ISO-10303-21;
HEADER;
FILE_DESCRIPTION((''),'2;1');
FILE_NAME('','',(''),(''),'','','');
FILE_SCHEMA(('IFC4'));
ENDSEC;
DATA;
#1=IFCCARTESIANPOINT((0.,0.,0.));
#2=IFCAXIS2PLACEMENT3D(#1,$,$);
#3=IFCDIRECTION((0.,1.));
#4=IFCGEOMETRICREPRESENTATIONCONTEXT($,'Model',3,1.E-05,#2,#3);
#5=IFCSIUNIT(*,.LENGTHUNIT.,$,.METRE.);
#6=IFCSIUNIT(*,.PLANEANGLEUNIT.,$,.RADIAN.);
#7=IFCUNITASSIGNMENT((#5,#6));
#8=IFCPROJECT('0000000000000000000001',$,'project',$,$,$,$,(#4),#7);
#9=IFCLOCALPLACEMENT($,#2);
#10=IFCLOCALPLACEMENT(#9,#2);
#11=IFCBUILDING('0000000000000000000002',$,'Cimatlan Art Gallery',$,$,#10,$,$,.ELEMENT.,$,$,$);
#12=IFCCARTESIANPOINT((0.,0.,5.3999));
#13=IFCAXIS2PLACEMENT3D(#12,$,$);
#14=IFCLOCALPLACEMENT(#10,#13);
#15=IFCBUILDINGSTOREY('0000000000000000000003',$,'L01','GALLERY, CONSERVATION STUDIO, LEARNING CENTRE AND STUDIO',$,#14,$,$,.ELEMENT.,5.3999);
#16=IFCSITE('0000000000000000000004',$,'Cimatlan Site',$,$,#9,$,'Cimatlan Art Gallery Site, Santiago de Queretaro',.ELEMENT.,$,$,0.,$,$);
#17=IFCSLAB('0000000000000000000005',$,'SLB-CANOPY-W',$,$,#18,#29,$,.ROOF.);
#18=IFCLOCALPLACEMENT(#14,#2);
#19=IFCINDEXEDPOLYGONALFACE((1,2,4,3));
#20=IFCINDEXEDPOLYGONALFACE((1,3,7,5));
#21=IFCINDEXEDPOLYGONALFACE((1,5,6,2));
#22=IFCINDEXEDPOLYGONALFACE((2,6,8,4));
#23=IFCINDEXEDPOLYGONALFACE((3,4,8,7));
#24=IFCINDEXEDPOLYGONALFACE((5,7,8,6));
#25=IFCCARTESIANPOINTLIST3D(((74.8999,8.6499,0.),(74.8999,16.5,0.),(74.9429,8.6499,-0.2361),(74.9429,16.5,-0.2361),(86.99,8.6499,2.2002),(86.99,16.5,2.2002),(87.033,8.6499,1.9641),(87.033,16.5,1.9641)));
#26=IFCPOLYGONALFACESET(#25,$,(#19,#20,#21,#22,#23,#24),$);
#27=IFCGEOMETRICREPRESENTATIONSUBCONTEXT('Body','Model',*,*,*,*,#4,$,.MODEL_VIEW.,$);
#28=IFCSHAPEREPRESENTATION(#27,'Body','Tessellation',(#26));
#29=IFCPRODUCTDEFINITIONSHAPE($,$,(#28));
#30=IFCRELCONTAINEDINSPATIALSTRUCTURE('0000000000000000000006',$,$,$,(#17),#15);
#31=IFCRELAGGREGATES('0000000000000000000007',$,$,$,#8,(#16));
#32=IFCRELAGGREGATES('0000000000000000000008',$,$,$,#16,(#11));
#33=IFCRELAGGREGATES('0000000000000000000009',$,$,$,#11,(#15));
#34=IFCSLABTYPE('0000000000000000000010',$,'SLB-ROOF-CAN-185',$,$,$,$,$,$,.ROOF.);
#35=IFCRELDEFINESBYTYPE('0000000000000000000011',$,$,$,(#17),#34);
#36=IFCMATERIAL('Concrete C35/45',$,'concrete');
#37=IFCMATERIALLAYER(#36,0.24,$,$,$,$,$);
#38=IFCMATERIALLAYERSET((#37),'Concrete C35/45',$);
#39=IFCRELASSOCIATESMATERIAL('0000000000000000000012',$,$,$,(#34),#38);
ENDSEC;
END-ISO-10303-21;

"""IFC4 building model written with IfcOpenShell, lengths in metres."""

from ifc_helpers import new_model, si_unit, direction, frame, origin, place, context, subcontext, project, spatial, polyline, outline, extrude, material, layer, layer_set, type_object, element, save


model = new_model("IFC4")

# Units and contexts
model_context = context("Model", 3, precision=1e-05, world=origin(), true_north=direction((0.0, 1.0)))
body_context = subcontext(model_context, "Body", "Model", "MODEL_VIEW")
ifc_project = project(units=[si_unit("LENGTHUNIT", "METRE"), si_unit("PLANEANGLEUNIT", "RADIAN")], contexts=[model_context])

# Site, building, storey
site_placement = place(None, origin())
site = spatial("IfcSite", under=ifc_project, at=site_placement, Name="Cimatlan Site", LongName="Cimatlan Art Gallery Site, Santiago de Queretaro", CompositionType="ELEMENT", RefElevation=0.0)
building_placement = place(site_placement, origin())
building = spatial("IfcBuilding", under=site, at=building_placement, Name="Cimatlan Art Gallery", CompositionType="ELEMENT")
storey_placement = place(building_placement, frame((0.0, 0.0, 5.3999)))
storey = spatial("IfcBuildingStorey", under=building, at=storey_placement, Name="L01", Description="GALLERY, CONSERVATION STUDIO, LEARNING CENTRE AND STUDIO", CompositionType="ELEMENT", Elevation=5.3999)

# Slab
ifc_material_1 = material(Name="Concrete C35/45", Category="concrete")
ifc_layer_1 = layer(ifc_material_1, 0.24)
ifc_layer_set_1 = layer_set([ifc_layer_1], Name="Concrete C35/45")
slab_type = type_object("IfcSlabType", Name="SLB-ROOF-CAN-185", PredefinedType="ROOF", material=ifc_layer_set_1)
slab_placement = place(storey_placement, frame((74.8999, 8.6499, 0.0), z_axis=(-0.179043, 0.0, 0.983841), x_axis=(0.983841, 0.0, 0.179043)))
element("IfcSlab", 1, at=slab_placement, inside=storey, type_object=slab_type, Name="SLB-CANOPY-W", PredefinedType="ROOF", context=body_context, shape_type="SweptSolid", body=[
    extrude(outline(polyline([(0.0, 0.0), (12.2887, 0.0), (12.2887, 7.8501), (0.0, 7.8501), (0.0, 0.0)])), origin(), (0.0, 0.0, -1.0), 0.24),
])

save(model, "model.ifc")
